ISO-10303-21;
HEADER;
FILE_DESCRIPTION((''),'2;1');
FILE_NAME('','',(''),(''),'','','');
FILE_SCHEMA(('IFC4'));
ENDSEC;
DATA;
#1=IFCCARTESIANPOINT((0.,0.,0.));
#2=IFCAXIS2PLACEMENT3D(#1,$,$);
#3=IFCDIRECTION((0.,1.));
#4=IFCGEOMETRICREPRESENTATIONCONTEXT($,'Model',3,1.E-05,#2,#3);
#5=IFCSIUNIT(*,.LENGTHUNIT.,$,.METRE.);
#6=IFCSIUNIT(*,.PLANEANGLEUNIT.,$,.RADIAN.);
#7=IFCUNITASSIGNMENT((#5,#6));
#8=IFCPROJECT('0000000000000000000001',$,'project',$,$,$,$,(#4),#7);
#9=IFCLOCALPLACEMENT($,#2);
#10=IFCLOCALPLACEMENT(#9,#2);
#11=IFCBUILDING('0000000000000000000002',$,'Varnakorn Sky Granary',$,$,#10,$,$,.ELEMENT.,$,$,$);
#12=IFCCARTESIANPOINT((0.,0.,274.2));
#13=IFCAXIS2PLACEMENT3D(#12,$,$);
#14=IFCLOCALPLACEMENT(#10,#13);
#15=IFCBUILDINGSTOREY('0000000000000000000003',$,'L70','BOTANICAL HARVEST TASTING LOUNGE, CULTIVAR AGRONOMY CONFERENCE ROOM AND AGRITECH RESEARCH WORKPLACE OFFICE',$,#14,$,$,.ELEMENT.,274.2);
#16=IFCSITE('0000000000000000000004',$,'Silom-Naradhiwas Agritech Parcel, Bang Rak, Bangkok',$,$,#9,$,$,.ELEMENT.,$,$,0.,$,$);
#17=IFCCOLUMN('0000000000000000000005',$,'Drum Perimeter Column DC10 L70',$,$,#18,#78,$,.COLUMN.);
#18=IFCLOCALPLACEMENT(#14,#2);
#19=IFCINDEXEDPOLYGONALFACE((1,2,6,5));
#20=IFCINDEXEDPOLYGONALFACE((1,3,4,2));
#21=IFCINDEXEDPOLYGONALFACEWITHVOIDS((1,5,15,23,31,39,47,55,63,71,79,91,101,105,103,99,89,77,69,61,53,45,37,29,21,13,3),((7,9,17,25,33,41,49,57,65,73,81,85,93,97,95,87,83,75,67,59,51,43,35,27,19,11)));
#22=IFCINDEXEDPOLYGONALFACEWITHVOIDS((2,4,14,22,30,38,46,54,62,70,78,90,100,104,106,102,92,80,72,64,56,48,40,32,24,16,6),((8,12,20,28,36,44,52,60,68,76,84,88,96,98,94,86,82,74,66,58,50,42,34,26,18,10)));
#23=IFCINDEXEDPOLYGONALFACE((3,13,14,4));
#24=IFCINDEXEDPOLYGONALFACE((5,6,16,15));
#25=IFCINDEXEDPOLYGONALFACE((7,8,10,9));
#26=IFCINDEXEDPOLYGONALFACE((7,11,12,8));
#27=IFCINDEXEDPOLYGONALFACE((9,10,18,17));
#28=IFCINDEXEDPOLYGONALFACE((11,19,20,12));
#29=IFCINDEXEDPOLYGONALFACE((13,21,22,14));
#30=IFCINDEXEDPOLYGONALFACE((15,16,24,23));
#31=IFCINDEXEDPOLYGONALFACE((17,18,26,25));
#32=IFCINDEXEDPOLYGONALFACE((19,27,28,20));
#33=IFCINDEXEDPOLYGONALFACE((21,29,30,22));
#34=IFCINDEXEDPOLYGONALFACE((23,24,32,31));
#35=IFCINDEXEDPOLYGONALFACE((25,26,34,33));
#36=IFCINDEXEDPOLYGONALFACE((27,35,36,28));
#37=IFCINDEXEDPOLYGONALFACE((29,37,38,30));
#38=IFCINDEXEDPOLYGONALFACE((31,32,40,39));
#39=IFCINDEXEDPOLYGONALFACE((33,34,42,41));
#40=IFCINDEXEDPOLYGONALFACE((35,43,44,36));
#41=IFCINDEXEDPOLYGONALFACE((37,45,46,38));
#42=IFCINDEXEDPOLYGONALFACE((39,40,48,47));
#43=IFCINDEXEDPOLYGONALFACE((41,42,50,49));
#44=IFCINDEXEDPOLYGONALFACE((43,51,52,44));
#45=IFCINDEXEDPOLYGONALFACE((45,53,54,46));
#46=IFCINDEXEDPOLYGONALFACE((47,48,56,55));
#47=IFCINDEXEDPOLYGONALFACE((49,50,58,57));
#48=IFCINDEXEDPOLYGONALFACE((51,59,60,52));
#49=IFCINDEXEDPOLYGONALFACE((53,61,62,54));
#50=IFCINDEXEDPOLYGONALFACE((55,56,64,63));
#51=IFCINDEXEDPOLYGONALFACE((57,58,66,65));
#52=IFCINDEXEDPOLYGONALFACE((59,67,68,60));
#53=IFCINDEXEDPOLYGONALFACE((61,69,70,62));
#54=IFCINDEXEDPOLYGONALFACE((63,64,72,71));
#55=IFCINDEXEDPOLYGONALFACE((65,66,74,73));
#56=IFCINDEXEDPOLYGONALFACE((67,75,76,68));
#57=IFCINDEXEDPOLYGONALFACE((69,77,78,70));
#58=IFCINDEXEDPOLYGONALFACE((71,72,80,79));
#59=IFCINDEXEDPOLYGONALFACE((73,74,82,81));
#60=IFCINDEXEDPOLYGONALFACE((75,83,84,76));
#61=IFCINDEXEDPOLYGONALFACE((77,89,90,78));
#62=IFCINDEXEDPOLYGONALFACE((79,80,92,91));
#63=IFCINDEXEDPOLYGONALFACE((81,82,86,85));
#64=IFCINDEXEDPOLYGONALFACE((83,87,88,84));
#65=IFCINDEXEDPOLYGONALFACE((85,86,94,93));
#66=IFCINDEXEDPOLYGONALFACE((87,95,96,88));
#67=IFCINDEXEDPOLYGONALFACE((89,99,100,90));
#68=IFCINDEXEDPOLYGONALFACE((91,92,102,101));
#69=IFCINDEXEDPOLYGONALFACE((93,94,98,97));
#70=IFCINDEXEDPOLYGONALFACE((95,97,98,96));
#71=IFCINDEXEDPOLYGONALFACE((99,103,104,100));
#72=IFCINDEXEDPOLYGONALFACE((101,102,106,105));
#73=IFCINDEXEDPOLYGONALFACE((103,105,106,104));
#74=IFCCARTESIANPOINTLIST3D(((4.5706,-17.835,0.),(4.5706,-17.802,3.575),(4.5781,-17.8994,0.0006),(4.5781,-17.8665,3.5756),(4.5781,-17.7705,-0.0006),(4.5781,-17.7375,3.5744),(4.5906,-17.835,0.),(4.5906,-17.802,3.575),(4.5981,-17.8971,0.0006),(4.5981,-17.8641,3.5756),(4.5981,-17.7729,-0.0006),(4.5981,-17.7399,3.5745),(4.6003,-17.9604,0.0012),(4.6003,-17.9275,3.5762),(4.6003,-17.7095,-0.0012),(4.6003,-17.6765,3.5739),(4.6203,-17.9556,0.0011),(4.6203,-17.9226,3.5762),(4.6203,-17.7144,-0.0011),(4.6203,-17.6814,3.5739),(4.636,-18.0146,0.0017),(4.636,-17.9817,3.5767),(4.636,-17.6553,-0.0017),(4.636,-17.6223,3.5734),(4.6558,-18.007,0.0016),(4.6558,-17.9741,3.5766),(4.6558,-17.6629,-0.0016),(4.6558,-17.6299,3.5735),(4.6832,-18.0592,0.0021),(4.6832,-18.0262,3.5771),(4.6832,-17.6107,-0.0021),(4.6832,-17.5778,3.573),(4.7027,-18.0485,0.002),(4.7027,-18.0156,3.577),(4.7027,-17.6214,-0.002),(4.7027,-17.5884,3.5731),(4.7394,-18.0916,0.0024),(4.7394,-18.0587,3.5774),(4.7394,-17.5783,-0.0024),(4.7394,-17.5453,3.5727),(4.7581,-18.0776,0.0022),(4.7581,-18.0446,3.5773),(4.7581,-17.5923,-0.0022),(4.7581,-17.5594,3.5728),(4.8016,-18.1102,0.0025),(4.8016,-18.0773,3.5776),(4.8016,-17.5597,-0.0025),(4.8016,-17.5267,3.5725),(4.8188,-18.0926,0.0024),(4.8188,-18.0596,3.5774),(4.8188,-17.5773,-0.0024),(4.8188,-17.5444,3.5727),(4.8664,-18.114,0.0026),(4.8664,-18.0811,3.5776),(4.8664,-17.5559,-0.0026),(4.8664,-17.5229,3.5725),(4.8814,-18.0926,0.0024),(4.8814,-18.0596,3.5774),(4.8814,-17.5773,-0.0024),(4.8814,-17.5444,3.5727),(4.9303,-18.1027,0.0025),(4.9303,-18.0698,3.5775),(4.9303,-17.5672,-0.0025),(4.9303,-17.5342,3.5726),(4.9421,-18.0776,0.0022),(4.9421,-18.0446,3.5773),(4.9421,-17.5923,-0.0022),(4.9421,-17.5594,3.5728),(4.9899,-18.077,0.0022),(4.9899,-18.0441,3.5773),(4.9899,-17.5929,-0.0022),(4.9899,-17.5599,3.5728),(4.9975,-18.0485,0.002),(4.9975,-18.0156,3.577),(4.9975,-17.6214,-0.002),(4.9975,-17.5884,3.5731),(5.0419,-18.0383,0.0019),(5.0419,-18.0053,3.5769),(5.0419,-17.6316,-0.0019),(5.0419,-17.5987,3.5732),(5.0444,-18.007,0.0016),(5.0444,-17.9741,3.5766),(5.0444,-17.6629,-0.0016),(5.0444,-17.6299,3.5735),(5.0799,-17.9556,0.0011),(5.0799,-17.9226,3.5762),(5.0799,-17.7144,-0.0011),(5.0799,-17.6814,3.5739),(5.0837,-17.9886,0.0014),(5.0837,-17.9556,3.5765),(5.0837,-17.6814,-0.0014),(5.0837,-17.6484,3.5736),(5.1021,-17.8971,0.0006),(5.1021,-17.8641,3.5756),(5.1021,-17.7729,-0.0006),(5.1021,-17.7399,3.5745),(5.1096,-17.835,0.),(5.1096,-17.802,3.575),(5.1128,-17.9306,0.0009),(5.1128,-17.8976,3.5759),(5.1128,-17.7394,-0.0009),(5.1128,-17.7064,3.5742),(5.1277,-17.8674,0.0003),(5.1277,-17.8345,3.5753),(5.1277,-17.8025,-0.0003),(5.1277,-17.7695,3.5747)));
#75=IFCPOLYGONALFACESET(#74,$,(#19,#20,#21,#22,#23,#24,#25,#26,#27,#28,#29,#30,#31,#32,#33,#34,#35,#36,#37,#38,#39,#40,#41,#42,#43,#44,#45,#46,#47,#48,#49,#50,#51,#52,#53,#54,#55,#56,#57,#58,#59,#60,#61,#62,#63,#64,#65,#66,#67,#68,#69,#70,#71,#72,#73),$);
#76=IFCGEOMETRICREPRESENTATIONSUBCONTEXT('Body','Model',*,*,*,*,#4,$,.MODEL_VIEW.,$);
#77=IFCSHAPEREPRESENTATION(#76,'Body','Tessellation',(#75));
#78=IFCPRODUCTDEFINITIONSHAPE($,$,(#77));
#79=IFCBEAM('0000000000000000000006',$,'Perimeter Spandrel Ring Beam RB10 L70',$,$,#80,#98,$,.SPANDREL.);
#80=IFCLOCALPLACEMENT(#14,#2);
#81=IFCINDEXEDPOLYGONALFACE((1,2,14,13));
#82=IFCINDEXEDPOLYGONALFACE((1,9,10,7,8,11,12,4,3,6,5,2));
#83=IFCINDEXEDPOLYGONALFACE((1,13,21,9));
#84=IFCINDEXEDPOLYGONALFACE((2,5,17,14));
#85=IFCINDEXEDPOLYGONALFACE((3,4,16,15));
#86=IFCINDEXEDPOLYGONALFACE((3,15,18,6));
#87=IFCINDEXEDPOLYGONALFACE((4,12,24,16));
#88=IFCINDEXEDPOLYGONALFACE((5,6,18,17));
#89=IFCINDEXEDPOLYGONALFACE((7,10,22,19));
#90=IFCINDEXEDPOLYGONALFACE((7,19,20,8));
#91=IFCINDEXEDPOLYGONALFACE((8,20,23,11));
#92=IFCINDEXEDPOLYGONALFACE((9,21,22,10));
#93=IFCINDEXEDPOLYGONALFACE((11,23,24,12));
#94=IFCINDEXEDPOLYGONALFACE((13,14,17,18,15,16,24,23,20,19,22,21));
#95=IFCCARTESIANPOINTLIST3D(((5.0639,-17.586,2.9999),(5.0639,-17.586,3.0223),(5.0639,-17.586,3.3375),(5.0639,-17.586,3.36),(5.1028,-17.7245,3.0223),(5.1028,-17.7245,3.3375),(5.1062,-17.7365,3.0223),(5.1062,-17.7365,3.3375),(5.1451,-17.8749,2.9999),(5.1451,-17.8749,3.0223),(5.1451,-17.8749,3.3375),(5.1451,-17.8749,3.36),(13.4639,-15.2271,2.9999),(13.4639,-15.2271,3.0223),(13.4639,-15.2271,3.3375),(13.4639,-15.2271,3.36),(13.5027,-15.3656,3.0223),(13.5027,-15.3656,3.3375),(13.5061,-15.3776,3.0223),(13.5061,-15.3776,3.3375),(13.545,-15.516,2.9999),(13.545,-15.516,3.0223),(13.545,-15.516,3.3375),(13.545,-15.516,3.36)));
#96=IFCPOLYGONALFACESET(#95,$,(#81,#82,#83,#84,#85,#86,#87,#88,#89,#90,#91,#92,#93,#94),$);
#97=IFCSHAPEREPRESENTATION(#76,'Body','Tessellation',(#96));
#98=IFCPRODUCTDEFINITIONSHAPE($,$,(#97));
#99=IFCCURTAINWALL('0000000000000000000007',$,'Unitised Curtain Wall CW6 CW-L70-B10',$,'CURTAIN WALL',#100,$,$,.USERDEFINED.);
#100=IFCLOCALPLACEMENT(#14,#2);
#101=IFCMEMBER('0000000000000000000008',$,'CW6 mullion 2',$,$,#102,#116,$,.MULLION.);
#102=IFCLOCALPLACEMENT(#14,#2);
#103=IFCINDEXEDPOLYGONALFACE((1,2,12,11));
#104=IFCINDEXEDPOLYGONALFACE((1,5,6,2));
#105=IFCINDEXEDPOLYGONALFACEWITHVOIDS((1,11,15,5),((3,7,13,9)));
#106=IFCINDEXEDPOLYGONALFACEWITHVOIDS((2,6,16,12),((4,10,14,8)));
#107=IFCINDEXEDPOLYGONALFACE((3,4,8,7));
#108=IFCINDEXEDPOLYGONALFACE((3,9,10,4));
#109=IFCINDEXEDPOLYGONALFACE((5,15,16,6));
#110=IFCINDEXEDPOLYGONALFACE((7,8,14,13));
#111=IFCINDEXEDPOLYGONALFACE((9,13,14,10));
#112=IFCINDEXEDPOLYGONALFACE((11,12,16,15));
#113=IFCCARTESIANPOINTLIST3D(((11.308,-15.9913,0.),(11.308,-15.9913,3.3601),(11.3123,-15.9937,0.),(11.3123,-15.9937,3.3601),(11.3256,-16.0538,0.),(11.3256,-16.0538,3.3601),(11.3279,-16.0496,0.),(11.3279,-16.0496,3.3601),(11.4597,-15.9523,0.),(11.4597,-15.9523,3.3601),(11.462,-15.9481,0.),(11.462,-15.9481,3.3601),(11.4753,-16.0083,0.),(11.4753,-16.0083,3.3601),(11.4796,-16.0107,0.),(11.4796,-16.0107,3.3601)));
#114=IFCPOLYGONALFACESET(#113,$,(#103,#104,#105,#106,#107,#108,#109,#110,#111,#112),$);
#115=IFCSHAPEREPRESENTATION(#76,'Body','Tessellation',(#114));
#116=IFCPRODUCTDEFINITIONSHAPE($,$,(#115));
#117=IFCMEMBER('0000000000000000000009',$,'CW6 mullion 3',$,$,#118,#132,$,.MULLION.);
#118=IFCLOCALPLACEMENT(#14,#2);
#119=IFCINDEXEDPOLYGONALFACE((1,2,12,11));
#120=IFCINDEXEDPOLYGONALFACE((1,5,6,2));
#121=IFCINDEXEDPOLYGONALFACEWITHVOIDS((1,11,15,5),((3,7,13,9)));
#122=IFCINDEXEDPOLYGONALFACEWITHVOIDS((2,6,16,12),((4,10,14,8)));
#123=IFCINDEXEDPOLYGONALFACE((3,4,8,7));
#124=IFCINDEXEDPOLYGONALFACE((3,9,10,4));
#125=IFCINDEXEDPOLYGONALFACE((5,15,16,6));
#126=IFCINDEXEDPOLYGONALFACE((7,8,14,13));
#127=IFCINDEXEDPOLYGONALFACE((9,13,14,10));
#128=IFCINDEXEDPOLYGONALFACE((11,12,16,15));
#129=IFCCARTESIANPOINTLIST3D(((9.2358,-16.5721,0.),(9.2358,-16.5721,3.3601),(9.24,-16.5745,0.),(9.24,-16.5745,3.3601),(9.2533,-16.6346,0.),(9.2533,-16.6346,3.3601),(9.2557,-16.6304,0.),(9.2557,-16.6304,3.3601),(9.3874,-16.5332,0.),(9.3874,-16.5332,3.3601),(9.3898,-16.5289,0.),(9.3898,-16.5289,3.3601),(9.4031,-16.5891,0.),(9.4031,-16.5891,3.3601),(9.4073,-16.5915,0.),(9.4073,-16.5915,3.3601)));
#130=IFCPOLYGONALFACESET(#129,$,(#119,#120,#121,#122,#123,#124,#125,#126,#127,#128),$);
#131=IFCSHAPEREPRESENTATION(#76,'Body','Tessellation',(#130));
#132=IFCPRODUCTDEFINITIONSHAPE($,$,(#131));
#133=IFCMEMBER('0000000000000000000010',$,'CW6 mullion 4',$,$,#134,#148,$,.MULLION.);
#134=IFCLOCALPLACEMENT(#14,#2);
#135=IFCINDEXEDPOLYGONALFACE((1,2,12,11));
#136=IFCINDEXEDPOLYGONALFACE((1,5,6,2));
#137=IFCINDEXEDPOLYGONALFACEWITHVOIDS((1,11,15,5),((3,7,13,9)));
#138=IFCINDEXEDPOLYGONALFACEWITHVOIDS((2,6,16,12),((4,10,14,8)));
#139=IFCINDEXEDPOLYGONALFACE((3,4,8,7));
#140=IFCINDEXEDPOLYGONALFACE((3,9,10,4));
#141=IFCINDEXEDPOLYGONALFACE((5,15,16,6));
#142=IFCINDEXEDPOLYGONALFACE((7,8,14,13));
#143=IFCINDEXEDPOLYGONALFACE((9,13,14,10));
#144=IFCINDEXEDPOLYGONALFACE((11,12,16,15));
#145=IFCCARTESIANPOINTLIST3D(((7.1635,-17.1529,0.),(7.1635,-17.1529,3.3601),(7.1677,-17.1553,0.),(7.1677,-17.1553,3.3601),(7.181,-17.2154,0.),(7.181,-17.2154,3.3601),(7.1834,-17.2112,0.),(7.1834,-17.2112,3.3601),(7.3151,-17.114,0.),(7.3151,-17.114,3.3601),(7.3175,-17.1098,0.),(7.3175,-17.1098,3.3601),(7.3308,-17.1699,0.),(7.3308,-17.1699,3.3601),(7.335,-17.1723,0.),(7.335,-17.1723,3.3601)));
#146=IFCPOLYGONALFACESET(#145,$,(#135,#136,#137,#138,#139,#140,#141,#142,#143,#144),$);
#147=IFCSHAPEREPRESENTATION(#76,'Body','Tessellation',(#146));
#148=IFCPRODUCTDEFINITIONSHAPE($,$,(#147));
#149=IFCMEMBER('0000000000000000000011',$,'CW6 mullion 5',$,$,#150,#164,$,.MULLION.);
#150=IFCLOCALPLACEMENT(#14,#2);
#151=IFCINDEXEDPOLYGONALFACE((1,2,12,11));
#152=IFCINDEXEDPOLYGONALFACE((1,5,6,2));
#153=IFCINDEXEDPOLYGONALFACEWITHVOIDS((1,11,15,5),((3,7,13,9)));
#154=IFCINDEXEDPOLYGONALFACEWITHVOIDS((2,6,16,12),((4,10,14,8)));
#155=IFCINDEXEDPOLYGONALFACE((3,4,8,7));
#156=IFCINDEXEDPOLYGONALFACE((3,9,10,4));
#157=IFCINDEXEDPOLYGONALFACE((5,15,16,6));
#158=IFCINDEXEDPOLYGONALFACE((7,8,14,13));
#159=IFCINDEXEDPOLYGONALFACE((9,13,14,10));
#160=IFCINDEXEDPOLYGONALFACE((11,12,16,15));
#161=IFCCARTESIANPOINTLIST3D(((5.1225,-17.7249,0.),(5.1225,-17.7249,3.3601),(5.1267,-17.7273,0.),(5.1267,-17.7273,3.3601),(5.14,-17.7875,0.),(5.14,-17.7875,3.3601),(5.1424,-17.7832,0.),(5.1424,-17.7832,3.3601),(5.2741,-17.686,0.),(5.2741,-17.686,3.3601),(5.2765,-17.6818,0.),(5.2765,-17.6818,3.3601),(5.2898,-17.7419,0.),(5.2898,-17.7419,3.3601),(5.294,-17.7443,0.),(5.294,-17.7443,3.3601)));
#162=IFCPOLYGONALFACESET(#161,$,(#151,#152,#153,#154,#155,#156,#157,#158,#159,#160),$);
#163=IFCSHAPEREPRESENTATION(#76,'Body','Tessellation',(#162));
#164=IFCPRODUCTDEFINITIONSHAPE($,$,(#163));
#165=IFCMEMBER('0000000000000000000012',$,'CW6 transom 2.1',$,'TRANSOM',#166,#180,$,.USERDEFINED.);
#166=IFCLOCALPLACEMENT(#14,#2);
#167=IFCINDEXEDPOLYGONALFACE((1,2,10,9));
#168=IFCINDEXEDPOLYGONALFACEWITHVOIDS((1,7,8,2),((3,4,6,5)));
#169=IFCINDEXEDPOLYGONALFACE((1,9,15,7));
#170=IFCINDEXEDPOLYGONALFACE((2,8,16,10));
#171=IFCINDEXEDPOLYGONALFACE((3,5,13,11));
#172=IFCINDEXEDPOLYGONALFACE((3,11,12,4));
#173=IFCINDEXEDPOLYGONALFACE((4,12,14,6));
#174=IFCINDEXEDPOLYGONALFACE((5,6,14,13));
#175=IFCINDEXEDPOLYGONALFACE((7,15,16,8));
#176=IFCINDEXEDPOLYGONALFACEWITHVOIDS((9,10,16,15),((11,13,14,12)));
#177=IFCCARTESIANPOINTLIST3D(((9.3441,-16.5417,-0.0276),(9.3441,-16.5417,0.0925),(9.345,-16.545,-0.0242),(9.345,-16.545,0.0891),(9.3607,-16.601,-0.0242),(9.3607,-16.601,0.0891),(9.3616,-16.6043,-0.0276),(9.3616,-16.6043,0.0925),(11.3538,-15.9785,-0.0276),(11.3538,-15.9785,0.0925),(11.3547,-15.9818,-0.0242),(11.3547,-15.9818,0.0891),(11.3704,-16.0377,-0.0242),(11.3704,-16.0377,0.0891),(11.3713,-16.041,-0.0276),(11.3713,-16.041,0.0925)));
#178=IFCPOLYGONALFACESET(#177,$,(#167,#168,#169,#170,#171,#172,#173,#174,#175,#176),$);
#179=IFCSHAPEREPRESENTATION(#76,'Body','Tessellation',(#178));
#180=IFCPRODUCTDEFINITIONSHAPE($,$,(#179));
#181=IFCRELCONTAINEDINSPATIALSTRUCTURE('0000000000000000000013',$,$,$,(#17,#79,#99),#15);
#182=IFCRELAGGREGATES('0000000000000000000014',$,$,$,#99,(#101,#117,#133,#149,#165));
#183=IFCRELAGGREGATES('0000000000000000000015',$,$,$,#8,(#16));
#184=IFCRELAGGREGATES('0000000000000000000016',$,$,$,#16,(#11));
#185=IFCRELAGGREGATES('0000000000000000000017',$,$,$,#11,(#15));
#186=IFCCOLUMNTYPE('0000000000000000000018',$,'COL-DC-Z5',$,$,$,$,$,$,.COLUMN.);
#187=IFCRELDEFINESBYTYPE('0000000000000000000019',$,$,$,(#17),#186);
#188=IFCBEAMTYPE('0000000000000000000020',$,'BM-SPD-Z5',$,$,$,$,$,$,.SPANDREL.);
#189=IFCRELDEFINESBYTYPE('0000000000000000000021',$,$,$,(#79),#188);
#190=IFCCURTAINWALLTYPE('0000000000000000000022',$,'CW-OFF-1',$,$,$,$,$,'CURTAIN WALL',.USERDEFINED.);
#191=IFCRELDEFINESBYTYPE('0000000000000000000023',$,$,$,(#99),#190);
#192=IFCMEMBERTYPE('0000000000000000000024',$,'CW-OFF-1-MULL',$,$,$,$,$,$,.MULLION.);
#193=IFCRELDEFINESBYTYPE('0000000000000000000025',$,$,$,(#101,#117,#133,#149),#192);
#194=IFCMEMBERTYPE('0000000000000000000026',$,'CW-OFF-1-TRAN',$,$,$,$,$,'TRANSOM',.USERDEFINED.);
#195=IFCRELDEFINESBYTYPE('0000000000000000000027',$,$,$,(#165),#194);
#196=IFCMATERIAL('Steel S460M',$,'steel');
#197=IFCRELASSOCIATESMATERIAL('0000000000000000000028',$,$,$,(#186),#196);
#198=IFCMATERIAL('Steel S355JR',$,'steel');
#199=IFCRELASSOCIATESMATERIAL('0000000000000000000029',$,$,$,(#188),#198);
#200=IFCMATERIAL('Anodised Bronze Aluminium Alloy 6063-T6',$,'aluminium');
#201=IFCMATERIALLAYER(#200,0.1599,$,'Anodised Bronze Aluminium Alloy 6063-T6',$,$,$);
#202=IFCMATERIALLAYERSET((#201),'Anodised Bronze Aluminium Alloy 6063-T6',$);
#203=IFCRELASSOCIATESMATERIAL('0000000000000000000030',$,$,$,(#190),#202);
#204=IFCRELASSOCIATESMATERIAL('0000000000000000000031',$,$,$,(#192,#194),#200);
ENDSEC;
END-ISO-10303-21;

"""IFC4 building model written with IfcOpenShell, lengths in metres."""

from ifc_helpers import new_model, si_unit, direction, frame, origin, origin_2d, place, context, subcontext, project, spatial, hollow_rectangle, hollow_circle, i_section, extrude, material, layer, layer_set, material_profile, profile_set, type_object, element, aggregate, save


model = new_model("IFC4")

# Units and contexts
model_context = context("Model", 3, precision=1e-05, world=origin(), true_north=direction((0.0, 1.0)))
body_context = subcontext(model_context, "Body", "Model", "MODEL_VIEW")
ifc_project = project(units=[si_unit("LENGTHUNIT", "METRE"), si_unit("PLANEANGLEUNIT", "RADIAN")], contexts=[model_context])

# Site, building, storey
site_placement = place(None, origin())
site = spatial("IfcSite", under=ifc_project, at=site_placement, Name="Silom-Naradhiwas Agritech Parcel, Bang Rak, Bangkok", CompositionType="ELEMENT", RefElevation=0.0)
building_placement = place(site_placement, origin())
building = spatial("IfcBuilding", under=site, at=building_placement, Name="Varnakorn Sky Granary", CompositionType="ELEMENT")
storey_placement = place(building_placement, frame((0.0, 0.0, 274.2)))
storey = spatial("IfcBuildingStorey", under=building, at=storey_placement, Name="L70", Description="BOTANICAL HARVEST TASTING LOUNGE, CULTIVAR AGRONOMY CONFERENCE ROOM AND AGRITECH RESEARCH WORKPLACE OFFICE", CompositionType="ELEMENT", Elevation=274.2)

# Column
ifc_material_1 = material(Name="Steel S460M", Category="steel")
ifc_material_profile_1 = material_profile(ifc_material_1, hollow_circle(Radius=0.2795, WallThickness=0.02, at=origin_2d()), Name="CHS 559x20")
ifc_profile_set_1 = profile_set([ifc_material_profile_1], Name="Steel S460M")
column_type = type_object("IfcColumnType", Name="COL-DC-Z5", PredefinedType="COLUMN", material=ifc_profile_set_1)
column_placement = place(storey_placement, frame((4.8501, -17.835, 0.0), z_axis=(0.0, 0.009219, 0.999958), x_axis=(-1.0, 0.0, 0.0)))
element("IfcColumn", 1, at=column_placement, inside=storey, type_object=column_type, Name="Drum Perimeter Column DC10 L70", PredefinedType="COLUMN", context=body_context, shape_type="SweptSolid", body=[
    extrude(hollow_circle(Radius=0.2795, WallThickness=0.02, at=origin_2d()), origin(), (0.0, 0.0, 1.0), 3.5752),
])

# Beam
ifc_material_2 = material(Name="Steel S355JR", Category="steel")
ifc_material_profile_2 = material_profile(ifc_material_2, i_section(OverallWidth=0.3, OverallDepth=0.3601, WebThickness=0.0125, FlangeThickness=0.0225, at=origin_2d()), Name="HE 360 B")
ifc_profile_set_2 = profile_set([ifc_material_profile_2], Name="Steel S355JR")
beam_type = type_object("IfcBeamType", Name="BM-SPD-Z5", PredefinedType="SPANDREL", material=ifc_profile_set_2)
beam_placement = place(storey_placement, frame((5.1045, -17.7305, 3.1799), z_axis=(0.962758, 0.270365, 0.0), x_axis=(-0.270365, 0.962758, 0.0)))
element("IfcBeam", 2, at=beam_placement, inside=storey, type_object=beam_type, Name="Perimeter Spandrel Ring Beam RB10 L70", PredefinedType="SPANDREL", context=body_context, shape_type="SweptSolid", body=[
    extrude(i_section(OverallWidth=0.3, OverallDepth=0.3601, WebThickness=0.0125, FlangeThickness=0.0225, at=origin_2d()), origin(), (0.0, 0.0, 1.0), 8.7249),
])

# Curtain wall, members
ifc_material_3 = material(Name="Anodised Bronze Aluminium Alloy 6063-T6", Category="aluminium")
ifc_layer_1 = layer(ifc_material_3, 0.1599, Name="Anodised Bronze Aluminium Alloy 6063-T6")
ifc_layer_set_1 = layer_set([ifc_layer_1], Name="Anodised Bronze Aluminium Alloy 6063-T6")
curtain_wall_type = type_object("IfcCurtainWallType", Name="CW-OFF-1", ElementType="CURTAIN WALL", PredefinedType="USERDEFINED", material=ifc_layer_set_1)
curtain_wall_placement = place(storey_placement, origin())
curtain_wall = element("IfcCurtainWall", 3, at=curtain_wall_placement, inside=storey, type_object=curtain_wall_type, Name="Unitised Curtain Wall CW6 CW-L70-B10", ObjectType="CURTAIN WALL", PredefinedType="USERDEFINED")
ifc_material_profile_3 = material_profile(ifc_material_3, hollow_rectangle(XDim=0.0649, YDim=0.1599, WallThickness=0.0034, at=origin_2d()), Name="ALU MULL 65x160")
ifc_profile_set_3 = profile_set([ifc_material_profile_3], Name="Anodised Bronze Aluminium Alloy 6063-T6")
member_type_1 = type_object("IfcMemberType", Name="CW-OFF-1-MULL", PredefinedType="MULLION", material=ifc_profile_set_3)
member_1_placement = place(storey_placement, frame((11.3938, -16.001, 0.0), z_axis=(0.0, 0.0, 1.0), x_axis=(0.269869, -0.962897, 0.0)))
member_1 = element("IfcMember", 4, at=member_1_placement, type_object=member_type_1, Name="CW6 mullion 2", PredefinedType="MULLION", context=body_context, shape_type="SweptSolid", body=[
    extrude(hollow_rectangle(XDim=0.0649, YDim=0.1599, WallThickness=0.0034, at=origin_2d()), origin(), (0.0, 0.0, 1.0), 3.3601),
])
member_2_placement = place(storey_placement, frame((9.3215, -16.5818, 0.0), z_axis=(0.0, 0.0, 1.0), x_axis=(0.269869, -0.962897, 0.0)))
member_2 = element("IfcMember", 5, at=member_2_placement, type_object=member_type_1, Name="CW6 mullion 3", PredefinedType="MULLION", context=body_context, shape_type="SweptSolid", body=[
    extrude(hollow_rectangle(XDim=0.0649, YDim=0.1599, WallThickness=0.0034, at=origin_2d()), origin(), (0.0, 0.0, 1.0), 3.3601),
])
member_3_placement = place(storey_placement, frame((7.2493, -17.1626, 0.0), z_axis=(0.0, 0.0, 1.0), x_axis=(0.269869, -0.962897, 0.0)))
member_3 = element("IfcMember", 6, at=member_3_placement, type_object=member_type_1, Name="CW6 mullion 4", PredefinedType="MULLION", context=body_context, shape_type="SweptSolid", body=[
    extrude(hollow_rectangle(XDim=0.0649, YDim=0.1599, WallThickness=0.0034, at=origin_2d()), origin(), (0.0, 0.0, 1.0), 3.3601),
])
member_4_placement = place(storey_placement, frame((5.2083, -17.7346, 0.0), z_axis=(0.0, 0.0, 1.0), x_axis=(0.269869, -0.962897, 0.0)))
member_4 = element("IfcMember", 7, at=member_4_placement, type_object=member_type_1, Name="CW6 mullion 5", PredefinedType="MULLION", context=body_context, shape_type="SweptSolid", body=[
    extrude(hollow_rectangle(XDim=0.0649, YDim=0.1599, WallThickness=0.0034, at=origin_2d()), origin(), (0.0, 0.0, 1.0), 3.3601),
])
ifc_material_profile_4 = material_profile(ifc_material_3, hollow_rectangle(XDim=0.0649, YDim=0.1201, WallThickness=0.0034, at=origin_2d()), Name="ALU TRAN 65x120")
ifc_profile_set_4 = profile_set([ifc_material_profile_4], Name="Anodised Bronze Aluminium Alloy 6063-T6")
member_type_2 = type_object("IfcMemberType", Name="CW-OFF-1-TRAN", ElementType="TRANSOM", PredefinedType="USERDEFINED", material=ifc_profile_set_4)
member_5_placement = place(storey_placement, frame((11.3625, -16.0098, 0.0325), z_axis=(-0.962902, -0.269851, 0.0), x_axis=(0.269851, -0.962902, 0.0)))
member_5 = element("IfcMember", 8, at=member_5_placement, type_object=member_type_2, Name="CW6 transom 2.1", ObjectType="TRANSOM", PredefinedType="USERDEFINED", context=body_context, shape_type="SweptSolid", body=[
    extrude(hollow_rectangle(XDim=0.0649, YDim=0.1201, WallThickness=0.0034, at=origin_2d()), origin(), (0.0, 0.0, 1.0), 2.0872),
])

aggregate(curtain_wall, [member_1, member_2, member_3, member_4, member_5])

save(model, "model.ifc")
